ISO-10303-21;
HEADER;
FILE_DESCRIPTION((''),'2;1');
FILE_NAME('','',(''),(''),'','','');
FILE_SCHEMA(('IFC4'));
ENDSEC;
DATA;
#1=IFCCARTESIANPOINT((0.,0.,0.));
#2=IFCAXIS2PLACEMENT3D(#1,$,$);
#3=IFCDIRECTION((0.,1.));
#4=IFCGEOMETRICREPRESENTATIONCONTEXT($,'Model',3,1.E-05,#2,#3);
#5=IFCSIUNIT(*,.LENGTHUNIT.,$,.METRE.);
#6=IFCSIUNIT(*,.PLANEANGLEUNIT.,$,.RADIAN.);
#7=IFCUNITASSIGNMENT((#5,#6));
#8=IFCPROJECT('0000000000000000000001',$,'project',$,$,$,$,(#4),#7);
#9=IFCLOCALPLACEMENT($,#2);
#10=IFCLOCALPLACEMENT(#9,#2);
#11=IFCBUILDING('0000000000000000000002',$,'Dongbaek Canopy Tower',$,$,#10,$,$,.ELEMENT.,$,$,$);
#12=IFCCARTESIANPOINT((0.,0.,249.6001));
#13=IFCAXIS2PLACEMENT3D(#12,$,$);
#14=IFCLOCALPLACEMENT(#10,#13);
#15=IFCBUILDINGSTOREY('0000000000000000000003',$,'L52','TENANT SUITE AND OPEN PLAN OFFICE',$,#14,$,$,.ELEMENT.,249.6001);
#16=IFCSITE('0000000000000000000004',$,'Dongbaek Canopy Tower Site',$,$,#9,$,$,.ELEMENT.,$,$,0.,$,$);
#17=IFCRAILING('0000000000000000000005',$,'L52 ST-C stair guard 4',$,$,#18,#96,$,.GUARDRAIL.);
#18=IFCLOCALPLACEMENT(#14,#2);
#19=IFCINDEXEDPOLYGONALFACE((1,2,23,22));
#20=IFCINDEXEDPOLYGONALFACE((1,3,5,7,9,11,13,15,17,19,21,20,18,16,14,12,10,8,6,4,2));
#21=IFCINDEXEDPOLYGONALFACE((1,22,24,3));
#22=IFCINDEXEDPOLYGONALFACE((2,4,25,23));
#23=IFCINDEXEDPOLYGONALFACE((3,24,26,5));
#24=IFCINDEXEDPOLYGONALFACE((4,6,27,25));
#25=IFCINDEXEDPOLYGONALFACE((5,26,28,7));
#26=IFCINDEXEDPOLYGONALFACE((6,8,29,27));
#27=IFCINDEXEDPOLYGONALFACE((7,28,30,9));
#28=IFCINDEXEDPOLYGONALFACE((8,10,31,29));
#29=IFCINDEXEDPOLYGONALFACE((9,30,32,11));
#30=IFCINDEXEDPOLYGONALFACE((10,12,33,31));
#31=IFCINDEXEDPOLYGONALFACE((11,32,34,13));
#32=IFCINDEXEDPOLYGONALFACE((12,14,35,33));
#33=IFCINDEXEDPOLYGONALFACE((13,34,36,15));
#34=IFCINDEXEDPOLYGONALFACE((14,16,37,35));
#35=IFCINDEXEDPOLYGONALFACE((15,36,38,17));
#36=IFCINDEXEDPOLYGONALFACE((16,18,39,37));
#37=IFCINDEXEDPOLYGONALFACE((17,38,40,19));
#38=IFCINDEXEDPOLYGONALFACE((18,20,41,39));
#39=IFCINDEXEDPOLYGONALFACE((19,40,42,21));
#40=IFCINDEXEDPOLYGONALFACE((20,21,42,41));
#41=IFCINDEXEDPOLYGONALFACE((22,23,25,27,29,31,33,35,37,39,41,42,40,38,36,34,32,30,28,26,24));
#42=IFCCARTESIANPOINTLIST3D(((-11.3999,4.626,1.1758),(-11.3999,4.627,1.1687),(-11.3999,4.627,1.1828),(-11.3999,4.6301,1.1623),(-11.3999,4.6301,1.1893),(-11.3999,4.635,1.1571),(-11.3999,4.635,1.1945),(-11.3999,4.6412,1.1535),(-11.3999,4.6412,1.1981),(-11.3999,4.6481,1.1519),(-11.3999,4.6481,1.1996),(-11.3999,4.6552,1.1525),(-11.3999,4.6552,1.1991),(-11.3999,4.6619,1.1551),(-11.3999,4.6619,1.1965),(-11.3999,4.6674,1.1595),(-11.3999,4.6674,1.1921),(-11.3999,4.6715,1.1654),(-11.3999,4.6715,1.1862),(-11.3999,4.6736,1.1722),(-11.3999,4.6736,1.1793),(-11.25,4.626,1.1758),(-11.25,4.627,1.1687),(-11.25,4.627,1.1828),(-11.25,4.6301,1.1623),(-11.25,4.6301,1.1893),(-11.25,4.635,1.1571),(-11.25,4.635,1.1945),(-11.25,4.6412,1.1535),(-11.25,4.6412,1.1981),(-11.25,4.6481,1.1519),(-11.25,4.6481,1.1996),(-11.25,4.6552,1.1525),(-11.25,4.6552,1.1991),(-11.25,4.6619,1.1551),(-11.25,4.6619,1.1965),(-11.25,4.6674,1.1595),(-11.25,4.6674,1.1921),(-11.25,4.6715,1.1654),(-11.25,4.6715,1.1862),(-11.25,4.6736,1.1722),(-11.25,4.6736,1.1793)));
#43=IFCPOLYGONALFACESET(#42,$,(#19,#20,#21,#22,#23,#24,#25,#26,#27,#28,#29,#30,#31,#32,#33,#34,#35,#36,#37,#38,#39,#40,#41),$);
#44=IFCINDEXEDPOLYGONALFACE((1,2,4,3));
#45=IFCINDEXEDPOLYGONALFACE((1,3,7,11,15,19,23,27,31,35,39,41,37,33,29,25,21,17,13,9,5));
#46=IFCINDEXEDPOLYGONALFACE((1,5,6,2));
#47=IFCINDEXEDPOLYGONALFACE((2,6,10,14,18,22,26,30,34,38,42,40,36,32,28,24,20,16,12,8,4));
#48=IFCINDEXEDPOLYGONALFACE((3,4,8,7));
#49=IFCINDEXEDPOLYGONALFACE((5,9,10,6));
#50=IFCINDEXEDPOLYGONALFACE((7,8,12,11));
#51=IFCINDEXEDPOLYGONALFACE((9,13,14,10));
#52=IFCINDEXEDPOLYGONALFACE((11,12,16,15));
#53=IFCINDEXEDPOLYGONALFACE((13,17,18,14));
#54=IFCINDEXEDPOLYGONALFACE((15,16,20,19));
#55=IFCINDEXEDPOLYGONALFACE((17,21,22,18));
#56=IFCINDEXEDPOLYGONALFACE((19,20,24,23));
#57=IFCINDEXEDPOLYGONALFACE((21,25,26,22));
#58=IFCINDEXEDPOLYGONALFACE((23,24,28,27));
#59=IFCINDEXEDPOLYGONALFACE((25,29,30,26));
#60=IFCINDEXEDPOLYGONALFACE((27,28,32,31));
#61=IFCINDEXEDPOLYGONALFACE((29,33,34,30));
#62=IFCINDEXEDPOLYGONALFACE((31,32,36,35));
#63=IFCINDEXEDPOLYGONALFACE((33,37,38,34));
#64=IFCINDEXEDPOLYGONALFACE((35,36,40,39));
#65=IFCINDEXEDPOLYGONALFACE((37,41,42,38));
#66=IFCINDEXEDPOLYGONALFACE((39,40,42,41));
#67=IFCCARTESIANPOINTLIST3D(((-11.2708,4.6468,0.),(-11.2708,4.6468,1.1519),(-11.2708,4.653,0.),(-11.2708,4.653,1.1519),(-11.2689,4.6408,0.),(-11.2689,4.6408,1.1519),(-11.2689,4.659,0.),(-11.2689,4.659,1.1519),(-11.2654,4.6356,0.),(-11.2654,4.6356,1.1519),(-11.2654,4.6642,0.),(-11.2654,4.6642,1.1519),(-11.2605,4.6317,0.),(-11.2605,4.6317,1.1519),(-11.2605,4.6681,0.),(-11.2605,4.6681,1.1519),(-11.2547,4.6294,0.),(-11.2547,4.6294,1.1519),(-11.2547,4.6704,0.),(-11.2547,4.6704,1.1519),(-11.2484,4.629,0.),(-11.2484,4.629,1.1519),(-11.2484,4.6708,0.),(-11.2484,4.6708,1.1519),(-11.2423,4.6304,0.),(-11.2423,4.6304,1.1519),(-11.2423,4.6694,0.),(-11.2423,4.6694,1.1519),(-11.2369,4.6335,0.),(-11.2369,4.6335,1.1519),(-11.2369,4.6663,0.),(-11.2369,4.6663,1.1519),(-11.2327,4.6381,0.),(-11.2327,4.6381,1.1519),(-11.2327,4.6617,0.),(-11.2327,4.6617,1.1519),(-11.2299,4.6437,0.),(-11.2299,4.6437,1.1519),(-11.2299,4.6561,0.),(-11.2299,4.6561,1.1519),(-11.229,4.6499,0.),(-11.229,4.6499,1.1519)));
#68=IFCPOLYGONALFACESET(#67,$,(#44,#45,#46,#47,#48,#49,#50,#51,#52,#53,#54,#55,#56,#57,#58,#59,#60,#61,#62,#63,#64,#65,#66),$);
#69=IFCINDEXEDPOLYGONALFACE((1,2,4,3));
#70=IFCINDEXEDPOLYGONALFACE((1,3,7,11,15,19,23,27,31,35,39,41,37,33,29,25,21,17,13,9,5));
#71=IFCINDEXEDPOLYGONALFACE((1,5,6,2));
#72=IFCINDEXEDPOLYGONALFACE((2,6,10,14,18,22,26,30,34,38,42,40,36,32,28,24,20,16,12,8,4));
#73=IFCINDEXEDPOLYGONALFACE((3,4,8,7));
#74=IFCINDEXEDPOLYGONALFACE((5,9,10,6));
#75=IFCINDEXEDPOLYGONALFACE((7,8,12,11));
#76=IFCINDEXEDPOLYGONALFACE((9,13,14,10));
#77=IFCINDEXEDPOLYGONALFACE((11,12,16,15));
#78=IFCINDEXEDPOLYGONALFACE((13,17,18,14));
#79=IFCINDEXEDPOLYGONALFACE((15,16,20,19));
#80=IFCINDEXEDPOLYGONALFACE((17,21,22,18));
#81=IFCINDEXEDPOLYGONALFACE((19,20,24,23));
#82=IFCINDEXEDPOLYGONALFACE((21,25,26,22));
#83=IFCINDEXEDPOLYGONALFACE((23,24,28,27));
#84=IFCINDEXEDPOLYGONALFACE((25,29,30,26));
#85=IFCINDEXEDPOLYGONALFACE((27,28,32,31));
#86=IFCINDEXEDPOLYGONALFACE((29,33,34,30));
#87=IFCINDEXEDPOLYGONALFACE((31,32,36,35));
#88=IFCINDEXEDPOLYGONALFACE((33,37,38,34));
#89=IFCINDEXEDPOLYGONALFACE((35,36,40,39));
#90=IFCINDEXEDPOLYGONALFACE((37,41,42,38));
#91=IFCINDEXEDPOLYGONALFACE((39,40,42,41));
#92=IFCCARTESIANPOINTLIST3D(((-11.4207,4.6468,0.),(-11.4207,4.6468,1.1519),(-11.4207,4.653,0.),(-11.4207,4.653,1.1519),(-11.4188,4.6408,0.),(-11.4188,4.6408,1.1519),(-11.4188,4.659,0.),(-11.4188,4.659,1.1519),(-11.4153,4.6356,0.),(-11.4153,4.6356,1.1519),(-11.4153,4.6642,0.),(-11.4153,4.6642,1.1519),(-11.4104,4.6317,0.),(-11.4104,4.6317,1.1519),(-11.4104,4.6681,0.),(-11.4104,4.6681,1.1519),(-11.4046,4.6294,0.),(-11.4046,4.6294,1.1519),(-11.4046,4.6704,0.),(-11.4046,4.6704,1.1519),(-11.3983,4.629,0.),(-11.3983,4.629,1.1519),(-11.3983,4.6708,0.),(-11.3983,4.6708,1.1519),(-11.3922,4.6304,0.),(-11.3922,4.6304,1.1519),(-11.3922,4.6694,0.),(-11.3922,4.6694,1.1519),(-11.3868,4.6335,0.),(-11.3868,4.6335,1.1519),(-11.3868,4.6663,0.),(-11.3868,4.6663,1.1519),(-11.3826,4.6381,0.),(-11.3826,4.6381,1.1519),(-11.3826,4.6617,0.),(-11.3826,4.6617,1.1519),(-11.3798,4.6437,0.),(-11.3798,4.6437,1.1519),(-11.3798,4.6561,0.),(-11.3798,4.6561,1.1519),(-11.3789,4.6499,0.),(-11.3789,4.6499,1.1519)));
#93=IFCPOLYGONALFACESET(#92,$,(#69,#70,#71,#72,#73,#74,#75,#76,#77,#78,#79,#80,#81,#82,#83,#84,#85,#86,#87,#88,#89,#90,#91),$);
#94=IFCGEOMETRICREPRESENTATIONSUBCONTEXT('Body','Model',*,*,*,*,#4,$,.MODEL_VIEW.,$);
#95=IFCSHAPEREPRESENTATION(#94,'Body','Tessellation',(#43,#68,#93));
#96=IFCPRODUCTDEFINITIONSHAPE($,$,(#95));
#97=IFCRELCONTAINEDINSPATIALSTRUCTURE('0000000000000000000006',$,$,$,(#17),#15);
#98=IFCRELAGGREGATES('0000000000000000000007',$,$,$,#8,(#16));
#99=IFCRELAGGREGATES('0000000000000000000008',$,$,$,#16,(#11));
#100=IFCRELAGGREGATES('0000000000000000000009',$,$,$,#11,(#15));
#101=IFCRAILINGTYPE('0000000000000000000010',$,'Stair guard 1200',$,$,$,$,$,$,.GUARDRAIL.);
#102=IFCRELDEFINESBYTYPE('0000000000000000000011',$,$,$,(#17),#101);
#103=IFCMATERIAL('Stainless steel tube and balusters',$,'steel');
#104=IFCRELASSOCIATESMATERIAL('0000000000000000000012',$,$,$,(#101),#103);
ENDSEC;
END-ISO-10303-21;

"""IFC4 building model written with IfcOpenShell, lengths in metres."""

from ifc_helpers import new_model, si_unit, direction, frame, origin, origin_2d, place, context, subcontext, project, spatial, circle, extrude, material, type_object, element, save


model = new_model("IFC4")

# Units and contexts
model_context = context("Model", 3, precision=1e-05, world=origin(), true_north=direction((0.0, 1.0)))
body_context = subcontext(model_context, "Body", "Model", "MODEL_VIEW")
ifc_project = project(units=[si_unit("LENGTHUNIT", "METRE"), si_unit("PLANEANGLEUNIT", "RADIAN")], contexts=[model_context])

# Site, building, storey
site_placement = place(None, origin())
site = spatial("IfcSite", under=ifc_project, at=site_placement, Name="Dongbaek Canopy Tower Site", CompositionType="ELEMENT", RefElevation=0.0)
building_placement = place(site_placement, origin())
building = spatial("IfcBuilding", under=site, at=building_placement, Name="Dongbaek Canopy Tower", CompositionType="ELEMENT")
storey_placement = place(building_placement, frame((0.0, 0.0, 249.6001)))
storey = spatial("IfcBuildingStorey", under=building, at=storey_placement, Name="L52", Description="TENANT SUITE AND OPEN PLAN OFFICE", CompositionType="ELEMENT", Elevation=249.6001)

# Railing
ifc_material_1 = material(Name="Stainless steel tube and balusters", Category="steel")
railing_type_1 = type_object("IfcRailingType", Name="Stair guard 1200", PredefinedType="GUARDRAIL", material=ifc_material_1)
railing_1_placement = place(storey_placement, frame((-11.25, 4.6499, 0.0)))
element("IfcRailing", 1, at=railing_1_placement, inside=storey, type_object=railing_type_1, Name="L52 ST-C stair guard 4", PredefinedType="GUARDRAIL", context=body_context, shape_type="SweptSolid", body=[
    extrude(circle(Radius=0.0239, at=origin_2d()), frame((0.0, 0.0, 1.1758), z_axis=(-1.0, 0.0, 0.0), x_axis=(0.0, -1.0, 0.0)), (0.0, 0.0, 1.0), 0.1499),
    extrude(circle(Radius=0.021, at=origin_2d()), origin(), (0.0, 0.0, 1.0), 1.1519),
    extrude(circle(Radius=0.021, at=origin_2d()), frame((-0.1499, 0.0, 0.0)), (0.0, 0.0, 1.0), 1.1519),
])

save(model, "model.ifc")
